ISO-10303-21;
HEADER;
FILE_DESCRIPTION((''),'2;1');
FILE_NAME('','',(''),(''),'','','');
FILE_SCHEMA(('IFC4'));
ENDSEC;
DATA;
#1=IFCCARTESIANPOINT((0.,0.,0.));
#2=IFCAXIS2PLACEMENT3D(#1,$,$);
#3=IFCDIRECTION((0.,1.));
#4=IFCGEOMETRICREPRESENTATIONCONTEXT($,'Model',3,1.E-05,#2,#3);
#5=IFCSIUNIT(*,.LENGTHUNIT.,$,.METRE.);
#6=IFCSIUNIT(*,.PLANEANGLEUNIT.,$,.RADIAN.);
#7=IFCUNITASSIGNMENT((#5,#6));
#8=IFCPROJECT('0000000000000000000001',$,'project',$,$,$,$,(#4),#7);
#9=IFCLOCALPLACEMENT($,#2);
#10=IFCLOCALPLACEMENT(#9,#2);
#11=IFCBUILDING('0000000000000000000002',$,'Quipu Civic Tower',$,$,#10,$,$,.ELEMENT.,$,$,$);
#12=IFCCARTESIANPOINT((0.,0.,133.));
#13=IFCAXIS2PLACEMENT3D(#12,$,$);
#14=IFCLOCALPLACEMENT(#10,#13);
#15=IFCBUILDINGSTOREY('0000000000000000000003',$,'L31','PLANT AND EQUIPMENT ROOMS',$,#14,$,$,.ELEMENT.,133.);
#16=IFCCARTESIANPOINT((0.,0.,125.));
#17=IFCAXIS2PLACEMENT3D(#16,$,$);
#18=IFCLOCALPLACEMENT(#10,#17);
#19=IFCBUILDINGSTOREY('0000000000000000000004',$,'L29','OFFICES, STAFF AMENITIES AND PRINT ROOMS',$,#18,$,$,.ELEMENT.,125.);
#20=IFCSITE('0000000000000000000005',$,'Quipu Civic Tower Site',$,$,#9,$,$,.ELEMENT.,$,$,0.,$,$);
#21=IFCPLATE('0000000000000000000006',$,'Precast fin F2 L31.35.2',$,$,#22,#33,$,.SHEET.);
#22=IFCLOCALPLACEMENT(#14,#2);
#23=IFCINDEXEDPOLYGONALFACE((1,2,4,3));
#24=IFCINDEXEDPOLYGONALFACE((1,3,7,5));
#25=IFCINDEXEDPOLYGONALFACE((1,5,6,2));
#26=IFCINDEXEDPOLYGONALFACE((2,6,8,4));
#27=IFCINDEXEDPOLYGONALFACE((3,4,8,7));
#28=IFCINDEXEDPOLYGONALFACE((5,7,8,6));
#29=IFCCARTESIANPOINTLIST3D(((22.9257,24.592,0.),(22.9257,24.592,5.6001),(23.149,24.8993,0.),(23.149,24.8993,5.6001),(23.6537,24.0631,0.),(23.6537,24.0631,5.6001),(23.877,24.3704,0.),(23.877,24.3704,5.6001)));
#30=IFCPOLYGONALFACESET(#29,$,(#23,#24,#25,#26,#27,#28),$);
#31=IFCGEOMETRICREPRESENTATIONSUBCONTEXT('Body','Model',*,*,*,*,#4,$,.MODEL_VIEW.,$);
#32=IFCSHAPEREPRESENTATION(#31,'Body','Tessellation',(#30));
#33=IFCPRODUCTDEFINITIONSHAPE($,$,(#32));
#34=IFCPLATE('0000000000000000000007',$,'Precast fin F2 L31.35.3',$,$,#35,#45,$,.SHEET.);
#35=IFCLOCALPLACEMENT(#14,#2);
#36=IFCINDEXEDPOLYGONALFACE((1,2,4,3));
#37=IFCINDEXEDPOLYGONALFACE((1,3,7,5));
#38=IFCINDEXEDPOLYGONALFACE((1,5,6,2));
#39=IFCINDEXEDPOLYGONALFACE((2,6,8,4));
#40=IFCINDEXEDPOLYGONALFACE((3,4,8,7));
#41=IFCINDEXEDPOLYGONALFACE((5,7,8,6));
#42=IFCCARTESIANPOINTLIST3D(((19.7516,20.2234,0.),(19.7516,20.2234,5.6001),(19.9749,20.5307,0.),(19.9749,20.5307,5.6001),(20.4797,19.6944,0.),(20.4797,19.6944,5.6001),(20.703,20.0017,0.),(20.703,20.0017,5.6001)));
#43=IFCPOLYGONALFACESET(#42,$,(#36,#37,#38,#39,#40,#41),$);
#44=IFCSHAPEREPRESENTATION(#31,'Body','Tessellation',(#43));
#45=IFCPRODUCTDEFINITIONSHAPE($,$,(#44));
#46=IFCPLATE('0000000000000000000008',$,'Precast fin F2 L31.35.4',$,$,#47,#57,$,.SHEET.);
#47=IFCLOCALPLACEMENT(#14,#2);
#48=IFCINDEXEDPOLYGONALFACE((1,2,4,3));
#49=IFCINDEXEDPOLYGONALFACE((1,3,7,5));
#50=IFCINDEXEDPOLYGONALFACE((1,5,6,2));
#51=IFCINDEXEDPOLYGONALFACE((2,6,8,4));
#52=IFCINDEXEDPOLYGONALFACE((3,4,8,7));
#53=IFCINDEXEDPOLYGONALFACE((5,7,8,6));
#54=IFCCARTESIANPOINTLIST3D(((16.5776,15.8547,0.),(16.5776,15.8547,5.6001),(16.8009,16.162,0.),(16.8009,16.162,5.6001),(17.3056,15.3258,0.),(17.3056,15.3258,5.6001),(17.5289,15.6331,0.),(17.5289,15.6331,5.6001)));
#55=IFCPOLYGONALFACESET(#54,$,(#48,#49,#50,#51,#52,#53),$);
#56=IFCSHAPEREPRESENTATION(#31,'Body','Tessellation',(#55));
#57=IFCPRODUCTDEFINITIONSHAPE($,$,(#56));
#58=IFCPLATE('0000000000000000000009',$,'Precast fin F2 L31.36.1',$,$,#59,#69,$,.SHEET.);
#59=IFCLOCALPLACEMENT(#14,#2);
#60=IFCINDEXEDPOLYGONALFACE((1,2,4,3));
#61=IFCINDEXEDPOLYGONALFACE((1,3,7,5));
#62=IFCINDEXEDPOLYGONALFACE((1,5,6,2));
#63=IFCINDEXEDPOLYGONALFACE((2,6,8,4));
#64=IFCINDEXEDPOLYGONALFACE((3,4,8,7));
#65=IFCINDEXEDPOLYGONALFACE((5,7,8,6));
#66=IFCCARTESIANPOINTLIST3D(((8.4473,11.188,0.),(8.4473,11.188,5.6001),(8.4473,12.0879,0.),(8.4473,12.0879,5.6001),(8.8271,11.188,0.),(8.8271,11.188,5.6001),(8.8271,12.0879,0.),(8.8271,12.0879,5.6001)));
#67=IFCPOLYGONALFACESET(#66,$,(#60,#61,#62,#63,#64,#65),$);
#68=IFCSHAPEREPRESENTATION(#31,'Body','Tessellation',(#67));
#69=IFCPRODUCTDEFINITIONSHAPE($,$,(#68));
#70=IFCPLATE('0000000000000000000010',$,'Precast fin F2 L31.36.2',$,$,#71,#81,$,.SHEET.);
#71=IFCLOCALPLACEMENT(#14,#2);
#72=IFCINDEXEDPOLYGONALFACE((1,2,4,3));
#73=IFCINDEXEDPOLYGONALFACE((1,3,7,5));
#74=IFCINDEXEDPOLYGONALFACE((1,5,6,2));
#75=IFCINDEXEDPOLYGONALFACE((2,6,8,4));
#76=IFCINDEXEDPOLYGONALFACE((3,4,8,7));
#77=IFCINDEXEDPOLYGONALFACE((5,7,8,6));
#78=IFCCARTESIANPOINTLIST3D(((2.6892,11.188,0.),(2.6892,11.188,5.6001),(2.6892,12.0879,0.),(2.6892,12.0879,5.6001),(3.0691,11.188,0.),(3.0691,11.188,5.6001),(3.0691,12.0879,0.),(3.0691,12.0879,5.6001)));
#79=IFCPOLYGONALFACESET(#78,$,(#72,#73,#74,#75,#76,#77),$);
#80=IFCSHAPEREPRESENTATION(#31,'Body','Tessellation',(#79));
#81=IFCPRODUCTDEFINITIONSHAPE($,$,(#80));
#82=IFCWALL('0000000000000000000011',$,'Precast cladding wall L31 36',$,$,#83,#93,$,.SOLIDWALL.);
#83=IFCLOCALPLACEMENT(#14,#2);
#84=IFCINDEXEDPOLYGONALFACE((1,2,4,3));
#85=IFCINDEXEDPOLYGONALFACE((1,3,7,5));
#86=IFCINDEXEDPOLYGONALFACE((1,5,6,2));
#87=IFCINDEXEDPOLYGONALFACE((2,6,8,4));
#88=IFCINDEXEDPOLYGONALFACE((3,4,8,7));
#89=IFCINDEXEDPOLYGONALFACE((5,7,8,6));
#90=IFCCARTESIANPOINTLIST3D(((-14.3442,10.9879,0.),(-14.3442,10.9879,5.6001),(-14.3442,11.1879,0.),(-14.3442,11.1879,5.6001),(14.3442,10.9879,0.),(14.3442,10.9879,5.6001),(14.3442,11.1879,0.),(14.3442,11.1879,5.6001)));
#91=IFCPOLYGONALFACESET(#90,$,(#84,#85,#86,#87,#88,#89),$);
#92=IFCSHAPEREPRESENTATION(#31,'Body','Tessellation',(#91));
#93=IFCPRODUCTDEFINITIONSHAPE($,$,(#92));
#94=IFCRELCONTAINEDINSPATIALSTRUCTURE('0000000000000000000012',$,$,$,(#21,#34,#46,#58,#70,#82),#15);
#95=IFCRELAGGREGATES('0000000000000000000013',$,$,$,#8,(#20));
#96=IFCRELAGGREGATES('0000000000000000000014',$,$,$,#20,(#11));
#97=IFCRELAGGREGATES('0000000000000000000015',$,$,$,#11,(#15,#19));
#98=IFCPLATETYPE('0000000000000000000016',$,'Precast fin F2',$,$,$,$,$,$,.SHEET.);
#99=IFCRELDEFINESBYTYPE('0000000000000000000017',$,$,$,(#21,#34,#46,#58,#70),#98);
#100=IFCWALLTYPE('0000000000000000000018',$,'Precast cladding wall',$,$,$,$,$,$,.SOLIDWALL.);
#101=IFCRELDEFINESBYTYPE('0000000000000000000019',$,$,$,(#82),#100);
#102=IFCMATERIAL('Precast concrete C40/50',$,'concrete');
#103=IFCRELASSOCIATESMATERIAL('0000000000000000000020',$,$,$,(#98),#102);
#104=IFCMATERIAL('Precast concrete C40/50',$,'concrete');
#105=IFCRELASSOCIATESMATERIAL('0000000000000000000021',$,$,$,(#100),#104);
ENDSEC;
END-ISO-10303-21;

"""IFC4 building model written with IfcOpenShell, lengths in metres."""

from ifc_helpers import new_model, si_unit, direction, frame, frame_2d, origin, origin_2d, place, context, subcontext, project, spatial, rectangle, extrude, material, type_object, element, save


model = new_model("IFC4")

# Units and contexts
model_context = context("Model", 3, precision=1e-05, world=origin(), true_north=direction((0.0, 1.0)))
body_context = subcontext(model_context, "Body", "Model", "MODEL_VIEW")
ifc_project = project(units=[si_unit("LENGTHUNIT", "METRE"), si_unit("PLANEANGLEUNIT", "RADIAN")], contexts=[model_context])

# Site, building, storey
site_placement = place(None, origin())
site = spatial("IfcSite", under=ifc_project, at=site_placement, Name="Quipu Civic Tower Site", CompositionType="ELEMENT", RefElevation=0.0)
building_placement = place(site_placement, origin())
building = spatial("IfcBuilding", under=site, at=building_placement, Name="Quipu Civic Tower", CompositionType="ELEMENT")
storey_1_placement = place(building_placement, frame((0.0, 0.0, 133.0)))
storey_1 = spatial("IfcBuildingStorey", under=building, at=storey_1_placement, Name="L31", Description="PLANT AND EQUIPMENT ROOMS", CompositionType="ELEMENT", Elevation=133.0)

# Shared definitions
storey_2_placement = place(building_placement, frame((0.0, 0.0, 125.0)))
storey_2 = spatial("IfcBuildingStorey", under=building, at=storey_2_placement, Name="L29", Description="OFFICES, STAFF AMENITIES AND PRINT ROOMS", CompositionType="ELEMENT", Elevation=125.0)

# Plates
ifc_material_1 = material(Name="Precast concrete C40/50", Category="concrete")
plate_type = type_object("IfcPlateType", Name="Precast fin F2", PredefinedType="SHEET", material=ifc_material_1)
for number, where, z_axis, x_axis, name in (
    (1, (23.4014, 24.4812, 0.0), (0.0, 0.0, 1.0), (-0.587787, -0.809016, 0.0), "Precast fin F2 L31.35.2"),
    (2, (20.2273, 20.1125, 0.0), (0.0, 0.0, 1.0), (-0.587787, -0.809016, 0.0), "Precast fin F2 L31.35.3"),
    (3, (17.0532, 15.7439, 0.0), (0.0, 0.0, 1.0), (-0.587787, -0.809016, 0.0), "Precast fin F2 L31.35.4"),
    (4, (8.6372, 11.6379, 0.0), (0.0, 0.0, 1.0), (-1.0, 0.0, 0.0), "Precast fin F2 L31.36.1"),
    (5, (2.8792, 11.6379, 0.0), (0.0, 0.0, 1.0), (-1.0, 0.0, 0.0), "Precast fin F2 L31.36.2"),
):
    element("IfcPlate", number, at=place(storey_1_placement, frame(where, z_axis=z_axis, x_axis=x_axis)), inside=storey_1, type_object=plate_type, Name=name, PredefinedType="SHEET", context=body_context, shape_type="SweptSolid", body=[
        extrude(rectangle(XDim=0.3799, YDim=0.8999, at=origin_2d()), origin(), (0.0, 0.0, 1.0), 5.6001),
    ])

# Wall
ifc_material_2 = material(Name="Precast concrete C40/50", Category="concrete")
wall_type = type_object("IfcWallType", Name="Precast cladding wall", PredefinedType="SOLIDWALL", material=ifc_material_2)
wall_placement = place(storey_1_placement, frame((14.3442, 11.0879, 0.0), z_axis=(0.0, 0.0, 1.0), x_axis=(-1.0, 0.0, 0.0)))
element("IfcWall", 6, at=wall_placement, inside=storey_1, type_object=wall_type, Name="Precast cladding wall L31 36", PredefinedType="SOLIDWALL", context=body_context, shape_type="SweptSolid", body=[
    extrude(rectangle(XDim=28.6885, YDim=0.2, at=frame_2d((14.3442, 0.0))), origin(), (0.0, 0.0, 1.0), 5.6001),
])

save(model, "model.ifc")
